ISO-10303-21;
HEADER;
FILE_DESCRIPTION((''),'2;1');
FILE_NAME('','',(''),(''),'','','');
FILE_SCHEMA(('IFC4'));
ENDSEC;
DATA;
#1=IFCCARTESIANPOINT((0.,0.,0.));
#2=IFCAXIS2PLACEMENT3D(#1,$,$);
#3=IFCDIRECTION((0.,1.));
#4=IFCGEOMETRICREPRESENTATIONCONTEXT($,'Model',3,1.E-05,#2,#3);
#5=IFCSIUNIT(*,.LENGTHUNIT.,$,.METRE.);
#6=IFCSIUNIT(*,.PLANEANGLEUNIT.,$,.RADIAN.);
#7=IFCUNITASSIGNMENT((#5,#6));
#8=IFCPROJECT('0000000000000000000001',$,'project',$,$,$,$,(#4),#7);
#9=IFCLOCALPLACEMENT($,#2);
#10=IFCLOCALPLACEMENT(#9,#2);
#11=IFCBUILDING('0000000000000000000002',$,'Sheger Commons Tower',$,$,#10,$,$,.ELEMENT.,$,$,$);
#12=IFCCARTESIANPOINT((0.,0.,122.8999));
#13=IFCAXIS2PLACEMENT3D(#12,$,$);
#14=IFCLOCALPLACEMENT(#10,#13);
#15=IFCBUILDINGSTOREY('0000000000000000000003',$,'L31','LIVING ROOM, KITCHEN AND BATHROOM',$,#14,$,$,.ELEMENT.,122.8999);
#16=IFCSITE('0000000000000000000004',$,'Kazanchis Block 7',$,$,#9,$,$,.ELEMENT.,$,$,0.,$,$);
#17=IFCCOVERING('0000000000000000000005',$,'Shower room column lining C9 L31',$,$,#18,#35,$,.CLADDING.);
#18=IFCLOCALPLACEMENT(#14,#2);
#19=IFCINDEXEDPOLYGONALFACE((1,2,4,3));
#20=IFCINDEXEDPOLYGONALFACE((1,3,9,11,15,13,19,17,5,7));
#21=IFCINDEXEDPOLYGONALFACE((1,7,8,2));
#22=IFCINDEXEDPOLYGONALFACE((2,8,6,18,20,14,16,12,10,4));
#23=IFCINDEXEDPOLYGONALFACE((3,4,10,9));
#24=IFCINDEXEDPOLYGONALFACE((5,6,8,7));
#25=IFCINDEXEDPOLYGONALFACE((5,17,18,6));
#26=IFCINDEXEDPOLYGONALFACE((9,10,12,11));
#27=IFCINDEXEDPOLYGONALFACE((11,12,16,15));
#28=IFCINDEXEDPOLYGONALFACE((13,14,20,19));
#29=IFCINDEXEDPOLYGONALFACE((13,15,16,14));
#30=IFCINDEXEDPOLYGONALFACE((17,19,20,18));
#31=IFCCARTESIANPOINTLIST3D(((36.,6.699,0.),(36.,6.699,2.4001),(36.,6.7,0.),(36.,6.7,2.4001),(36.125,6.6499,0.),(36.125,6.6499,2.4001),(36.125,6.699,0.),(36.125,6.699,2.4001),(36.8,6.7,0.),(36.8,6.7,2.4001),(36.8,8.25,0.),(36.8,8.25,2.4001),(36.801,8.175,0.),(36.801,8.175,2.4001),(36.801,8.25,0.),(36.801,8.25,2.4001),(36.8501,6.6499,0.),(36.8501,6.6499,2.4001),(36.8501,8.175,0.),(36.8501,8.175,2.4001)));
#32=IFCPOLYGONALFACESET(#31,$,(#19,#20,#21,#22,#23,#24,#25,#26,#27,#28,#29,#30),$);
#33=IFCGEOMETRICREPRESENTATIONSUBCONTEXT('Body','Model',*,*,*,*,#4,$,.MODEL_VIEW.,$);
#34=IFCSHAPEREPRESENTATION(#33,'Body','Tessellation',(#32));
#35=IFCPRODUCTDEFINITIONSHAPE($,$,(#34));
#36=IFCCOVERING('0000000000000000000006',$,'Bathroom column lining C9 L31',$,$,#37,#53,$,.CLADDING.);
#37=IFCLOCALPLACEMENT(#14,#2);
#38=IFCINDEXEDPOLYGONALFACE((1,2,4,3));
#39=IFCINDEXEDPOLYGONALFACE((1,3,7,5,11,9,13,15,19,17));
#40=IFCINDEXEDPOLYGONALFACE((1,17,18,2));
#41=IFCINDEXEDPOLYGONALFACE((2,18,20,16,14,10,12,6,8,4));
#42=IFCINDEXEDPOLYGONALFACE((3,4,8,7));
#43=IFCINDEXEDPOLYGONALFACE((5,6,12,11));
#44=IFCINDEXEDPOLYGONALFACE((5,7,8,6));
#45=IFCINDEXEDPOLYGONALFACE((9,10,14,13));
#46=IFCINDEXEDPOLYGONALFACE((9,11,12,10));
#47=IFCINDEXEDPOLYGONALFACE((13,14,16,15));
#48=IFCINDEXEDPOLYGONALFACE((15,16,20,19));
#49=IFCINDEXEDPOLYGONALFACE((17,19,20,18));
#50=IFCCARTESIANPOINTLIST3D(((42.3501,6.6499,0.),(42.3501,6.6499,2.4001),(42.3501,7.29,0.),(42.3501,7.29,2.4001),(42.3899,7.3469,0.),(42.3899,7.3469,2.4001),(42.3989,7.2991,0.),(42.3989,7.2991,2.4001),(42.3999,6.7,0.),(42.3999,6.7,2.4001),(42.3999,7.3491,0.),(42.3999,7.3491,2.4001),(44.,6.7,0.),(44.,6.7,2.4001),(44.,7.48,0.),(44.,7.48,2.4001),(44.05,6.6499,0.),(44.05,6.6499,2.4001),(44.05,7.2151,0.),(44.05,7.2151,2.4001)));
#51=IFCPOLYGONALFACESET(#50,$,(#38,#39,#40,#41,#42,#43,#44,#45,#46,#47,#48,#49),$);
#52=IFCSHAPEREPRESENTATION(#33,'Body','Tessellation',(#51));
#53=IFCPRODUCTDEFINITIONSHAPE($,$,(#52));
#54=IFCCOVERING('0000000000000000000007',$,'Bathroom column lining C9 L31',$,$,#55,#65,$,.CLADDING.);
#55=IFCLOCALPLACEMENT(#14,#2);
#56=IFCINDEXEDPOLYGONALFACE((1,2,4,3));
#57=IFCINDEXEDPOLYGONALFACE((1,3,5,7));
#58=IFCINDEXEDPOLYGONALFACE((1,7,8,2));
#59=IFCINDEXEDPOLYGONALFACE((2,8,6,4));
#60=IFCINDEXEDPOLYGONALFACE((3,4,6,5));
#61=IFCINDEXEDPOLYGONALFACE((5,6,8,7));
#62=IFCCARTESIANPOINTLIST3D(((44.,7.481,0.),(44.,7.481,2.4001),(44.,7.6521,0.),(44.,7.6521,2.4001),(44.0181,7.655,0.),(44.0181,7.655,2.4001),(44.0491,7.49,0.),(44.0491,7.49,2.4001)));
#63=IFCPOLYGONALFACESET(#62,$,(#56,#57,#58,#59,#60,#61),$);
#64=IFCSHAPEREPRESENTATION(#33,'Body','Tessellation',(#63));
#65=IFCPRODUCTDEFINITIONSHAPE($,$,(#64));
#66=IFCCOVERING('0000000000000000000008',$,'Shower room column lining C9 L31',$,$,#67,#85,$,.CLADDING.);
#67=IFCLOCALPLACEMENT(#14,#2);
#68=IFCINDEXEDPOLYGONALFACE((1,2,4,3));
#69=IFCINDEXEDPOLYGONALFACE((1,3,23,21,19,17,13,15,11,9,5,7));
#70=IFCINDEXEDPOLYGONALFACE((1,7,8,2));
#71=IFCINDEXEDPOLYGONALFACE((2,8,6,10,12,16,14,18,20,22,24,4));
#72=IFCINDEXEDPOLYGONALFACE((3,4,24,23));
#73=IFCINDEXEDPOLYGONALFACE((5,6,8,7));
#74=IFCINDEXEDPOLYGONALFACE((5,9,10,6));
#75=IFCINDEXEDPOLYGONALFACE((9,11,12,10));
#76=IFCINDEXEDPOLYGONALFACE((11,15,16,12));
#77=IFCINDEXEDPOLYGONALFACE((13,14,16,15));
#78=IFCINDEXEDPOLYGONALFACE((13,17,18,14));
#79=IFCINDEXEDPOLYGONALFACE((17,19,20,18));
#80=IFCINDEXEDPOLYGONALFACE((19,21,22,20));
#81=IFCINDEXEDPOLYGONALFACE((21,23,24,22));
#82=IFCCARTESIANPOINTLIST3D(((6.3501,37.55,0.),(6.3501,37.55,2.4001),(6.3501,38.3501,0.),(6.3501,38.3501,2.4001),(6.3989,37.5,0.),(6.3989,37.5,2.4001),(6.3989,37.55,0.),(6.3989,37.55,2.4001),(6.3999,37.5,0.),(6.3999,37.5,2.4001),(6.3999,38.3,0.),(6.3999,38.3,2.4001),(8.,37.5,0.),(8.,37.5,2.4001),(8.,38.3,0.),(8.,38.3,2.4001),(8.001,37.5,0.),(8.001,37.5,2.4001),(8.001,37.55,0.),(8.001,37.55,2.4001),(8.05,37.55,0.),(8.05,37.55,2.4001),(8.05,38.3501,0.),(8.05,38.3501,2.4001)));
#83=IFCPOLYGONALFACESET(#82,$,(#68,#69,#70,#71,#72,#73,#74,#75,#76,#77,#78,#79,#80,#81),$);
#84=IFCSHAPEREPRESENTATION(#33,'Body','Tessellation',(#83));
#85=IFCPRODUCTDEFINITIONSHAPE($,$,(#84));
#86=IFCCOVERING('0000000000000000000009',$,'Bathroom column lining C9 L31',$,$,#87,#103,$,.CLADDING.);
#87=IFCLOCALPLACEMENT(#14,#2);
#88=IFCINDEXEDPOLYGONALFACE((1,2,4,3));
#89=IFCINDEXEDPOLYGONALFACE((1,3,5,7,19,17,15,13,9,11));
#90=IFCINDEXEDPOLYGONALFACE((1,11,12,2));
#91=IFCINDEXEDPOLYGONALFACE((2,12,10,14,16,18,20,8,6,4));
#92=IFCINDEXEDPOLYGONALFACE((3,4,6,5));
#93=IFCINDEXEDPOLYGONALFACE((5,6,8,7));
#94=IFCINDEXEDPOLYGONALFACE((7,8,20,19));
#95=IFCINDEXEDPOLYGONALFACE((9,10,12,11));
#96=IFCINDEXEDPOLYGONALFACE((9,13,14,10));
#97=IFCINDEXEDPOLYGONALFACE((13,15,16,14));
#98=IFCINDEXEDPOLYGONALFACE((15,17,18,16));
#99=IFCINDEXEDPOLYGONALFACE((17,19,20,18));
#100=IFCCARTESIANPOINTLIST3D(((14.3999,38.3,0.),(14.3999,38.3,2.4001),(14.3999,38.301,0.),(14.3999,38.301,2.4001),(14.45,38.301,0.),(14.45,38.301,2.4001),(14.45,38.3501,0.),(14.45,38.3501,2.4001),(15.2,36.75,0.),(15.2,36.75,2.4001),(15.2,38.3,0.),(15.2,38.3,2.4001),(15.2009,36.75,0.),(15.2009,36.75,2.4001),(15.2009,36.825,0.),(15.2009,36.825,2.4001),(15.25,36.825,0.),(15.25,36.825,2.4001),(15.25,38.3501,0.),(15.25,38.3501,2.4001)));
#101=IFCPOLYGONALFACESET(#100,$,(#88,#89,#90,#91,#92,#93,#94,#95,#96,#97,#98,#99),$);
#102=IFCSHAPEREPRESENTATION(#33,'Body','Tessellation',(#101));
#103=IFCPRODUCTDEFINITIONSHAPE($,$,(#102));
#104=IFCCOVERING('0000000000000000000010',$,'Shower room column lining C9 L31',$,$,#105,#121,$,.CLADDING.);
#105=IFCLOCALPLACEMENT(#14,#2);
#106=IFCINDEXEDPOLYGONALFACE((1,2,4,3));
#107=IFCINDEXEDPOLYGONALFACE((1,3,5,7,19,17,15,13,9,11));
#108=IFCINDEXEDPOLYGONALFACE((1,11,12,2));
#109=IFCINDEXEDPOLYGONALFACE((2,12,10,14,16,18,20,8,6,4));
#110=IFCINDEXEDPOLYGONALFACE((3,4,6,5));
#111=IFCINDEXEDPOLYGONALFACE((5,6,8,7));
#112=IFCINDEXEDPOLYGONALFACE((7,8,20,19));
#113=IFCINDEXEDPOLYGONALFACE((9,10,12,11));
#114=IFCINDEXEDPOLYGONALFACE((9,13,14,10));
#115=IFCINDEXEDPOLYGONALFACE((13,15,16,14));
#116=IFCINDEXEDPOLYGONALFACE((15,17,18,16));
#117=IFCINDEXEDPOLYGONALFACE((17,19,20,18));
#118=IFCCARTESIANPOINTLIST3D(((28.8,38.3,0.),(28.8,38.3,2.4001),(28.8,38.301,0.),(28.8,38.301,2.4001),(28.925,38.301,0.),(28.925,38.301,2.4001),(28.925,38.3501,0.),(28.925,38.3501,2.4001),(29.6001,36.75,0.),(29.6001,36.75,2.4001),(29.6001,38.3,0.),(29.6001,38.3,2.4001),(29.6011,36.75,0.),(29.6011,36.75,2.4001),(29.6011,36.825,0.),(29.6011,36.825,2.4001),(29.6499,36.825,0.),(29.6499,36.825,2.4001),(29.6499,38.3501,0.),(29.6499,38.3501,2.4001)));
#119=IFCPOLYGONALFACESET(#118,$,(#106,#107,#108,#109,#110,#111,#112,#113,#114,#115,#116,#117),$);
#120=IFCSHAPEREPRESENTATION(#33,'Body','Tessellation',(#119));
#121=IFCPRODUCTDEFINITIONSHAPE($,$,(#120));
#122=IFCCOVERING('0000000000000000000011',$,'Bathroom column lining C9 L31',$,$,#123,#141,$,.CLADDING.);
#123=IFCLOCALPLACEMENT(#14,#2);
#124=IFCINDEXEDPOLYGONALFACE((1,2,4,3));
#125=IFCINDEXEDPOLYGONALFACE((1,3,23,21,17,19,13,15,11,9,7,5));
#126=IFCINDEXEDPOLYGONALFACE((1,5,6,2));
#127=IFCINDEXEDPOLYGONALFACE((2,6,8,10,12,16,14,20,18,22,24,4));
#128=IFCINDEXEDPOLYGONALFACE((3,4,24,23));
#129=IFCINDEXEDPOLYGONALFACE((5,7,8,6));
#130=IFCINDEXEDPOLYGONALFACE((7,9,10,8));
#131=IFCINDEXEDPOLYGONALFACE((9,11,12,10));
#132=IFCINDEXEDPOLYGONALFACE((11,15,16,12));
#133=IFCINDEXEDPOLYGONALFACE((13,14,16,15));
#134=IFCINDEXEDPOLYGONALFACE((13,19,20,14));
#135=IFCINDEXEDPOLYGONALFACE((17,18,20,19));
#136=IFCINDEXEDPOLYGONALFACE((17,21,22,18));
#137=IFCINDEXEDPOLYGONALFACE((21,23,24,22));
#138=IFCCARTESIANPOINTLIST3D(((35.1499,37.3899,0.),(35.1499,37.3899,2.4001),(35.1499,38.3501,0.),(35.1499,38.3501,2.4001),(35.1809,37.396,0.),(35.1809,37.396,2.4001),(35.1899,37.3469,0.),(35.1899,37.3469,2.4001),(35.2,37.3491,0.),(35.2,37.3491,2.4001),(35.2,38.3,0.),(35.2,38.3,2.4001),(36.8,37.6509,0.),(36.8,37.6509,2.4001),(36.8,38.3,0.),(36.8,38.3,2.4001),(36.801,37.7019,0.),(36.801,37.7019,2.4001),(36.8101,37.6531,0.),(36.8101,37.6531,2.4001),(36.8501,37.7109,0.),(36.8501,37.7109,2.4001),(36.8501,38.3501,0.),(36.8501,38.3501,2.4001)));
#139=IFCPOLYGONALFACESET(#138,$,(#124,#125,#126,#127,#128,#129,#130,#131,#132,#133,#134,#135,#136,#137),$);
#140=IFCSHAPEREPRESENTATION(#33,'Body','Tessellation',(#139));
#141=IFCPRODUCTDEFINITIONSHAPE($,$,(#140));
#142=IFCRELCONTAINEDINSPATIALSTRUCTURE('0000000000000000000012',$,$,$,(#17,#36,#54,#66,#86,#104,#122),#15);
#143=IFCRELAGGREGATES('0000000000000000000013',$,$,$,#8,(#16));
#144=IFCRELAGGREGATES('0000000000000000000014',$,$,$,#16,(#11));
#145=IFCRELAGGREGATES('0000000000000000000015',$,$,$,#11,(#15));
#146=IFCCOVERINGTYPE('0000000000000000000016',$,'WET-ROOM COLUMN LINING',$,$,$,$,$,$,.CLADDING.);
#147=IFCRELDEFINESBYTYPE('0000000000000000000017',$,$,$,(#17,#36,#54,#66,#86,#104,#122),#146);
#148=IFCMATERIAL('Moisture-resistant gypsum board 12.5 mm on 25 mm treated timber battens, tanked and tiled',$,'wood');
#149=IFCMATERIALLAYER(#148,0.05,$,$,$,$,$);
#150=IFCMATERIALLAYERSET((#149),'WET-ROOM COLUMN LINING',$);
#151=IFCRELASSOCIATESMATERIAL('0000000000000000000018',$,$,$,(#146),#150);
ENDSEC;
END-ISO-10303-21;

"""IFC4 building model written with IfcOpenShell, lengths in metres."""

from ifc_helpers import new_model, si_unit, direction, frame, origin, place, context, subcontext, project, spatial, polyline, outline, extrude, material, layer, layer_set, type_object, element, save


model = new_model("IFC4")

# Units and contexts
model_context = context("Model", 3, precision=1e-05, world=origin(), true_north=direction((0.0, 1.0)))
body_context = subcontext(model_context, "Body", "Model", "MODEL_VIEW")
ifc_project = project(units=[si_unit("LENGTHUNIT", "METRE"), si_unit("PLANEANGLEUNIT", "RADIAN")], contexts=[model_context])

# Site, building, storey
site_placement = place(None, origin())
site = spatial("IfcSite", under=ifc_project, at=site_placement, Name="Kazanchis Block 7", CompositionType="ELEMENT", RefElevation=0.0)
building_placement = place(site_placement, origin())
building = spatial("IfcBuilding", under=site, at=building_placement, Name="Sheger Commons Tower", CompositionType="ELEMENT")
storey_placement = place(building_placement, frame((0.0, 0.0, 122.8999)))
storey = spatial("IfcBuildingStorey", under=building, at=storey_placement, Name="L31", Description="LIVING ROOM, KITCHEN AND BATHROOM", CompositionType="ELEMENT", Elevation=122.8999)

# Coverings
ifc_material_1 = material(Name="Moisture-resistant gypsum board 12.5 mm on 25 mm treated timber battens, tanked and tiled", Category="wood")
ifc_layer_1 = layer(ifc_material_1, 0.05)
ifc_layer_set_1 = layer_set([ifc_layer_1], Name="WET-ROOM COLUMN LINING")
covering_type_1 = type_object("IfcCoveringType", Name="WET-ROOM COLUMN LINING", PredefinedType="CLADDING", material=ifc_layer_set_1)
covering_1_placement = place(storey_placement, origin())
element("IfcCovering", 1, at=covering_1_placement, inside=storey, type_object=covering_type_1, Name="Shower room column lining C9 L31", PredefinedType="CLADDING", context=body_context, shape_type="SweptSolid", body=[
    extrude(outline(polyline([(36.125, 6.6499), (36.125, 6.699), (36.0, 6.699), (36.0, 6.7), (36.8, 6.7), (36.8, 8.25), (36.801, 8.25), (36.801, 8.175), (36.8501, 8.175), (36.8501, 6.6499), (36.125, 6.6499)])), origin(), (0.0, 0.0, 1.0), 2.4001),
])
covering_2_placement = place(storey_placement, origin())
element("IfcCovering", 2, at=covering_2_placement, inside=storey, type_object=covering_type_1, Name="Bathroom column lining C9 L31", PredefinedType="CLADDING", context=body_context, shape_type="SweptSolid", body=[
    extrude(outline(polyline([(42.3999, 7.3491), (42.3999, 6.7), (44.0, 6.7), (44.0, 7.48), (44.05, 7.2151), (44.05, 6.6499), (42.3501, 6.6499), (42.3501, 7.29), (42.3989, 7.2991), (42.3899, 7.3469), (42.3999, 7.3491)])), origin(), (0.0, 0.0, 1.0), 2.4001),
])
covering_3_placement = place(storey_placement, origin())
element("IfcCovering", 3, at=covering_3_placement, inside=storey, type_object=covering_type_1, Name="Bathroom column lining C9 L31", PredefinedType="CLADDING", context=body_context, shape_type="SweptSolid", body=[
    extrude(outline(polyline([(44.0, 7.6521), (44.0181, 7.655), (44.0491, 7.49), (44.0, 7.481), (44.0, 7.6521)])), origin(), (0.0, 0.0, 1.0), 2.4001),
])
covering_4_placement = place(storey_placement, origin())
element("IfcCovering", 4, at=covering_4_placement, inside=storey, type_object=covering_type_1, Name="Shower room column lining C9 L31", PredefinedType="CLADDING", context=body_context, shape_type="SweptSolid", body=[
    extrude(outline(polyline([(8.05, 38.3501), (8.05, 37.55), (8.001, 37.55), (8.001, 37.5), (8.0, 37.5), (8.0, 38.3), (6.3999, 38.3), (6.3999, 37.5), (6.3989, 37.5), (6.3989, 37.55), (6.3501, 37.55), (6.3501, 38.3501), (8.05, 38.3501)])), origin(), (0.0, 0.0, 1.0), 2.4001),
])
covering_5_placement = place(storey_placement, origin())
element("IfcCovering", 5, at=covering_5_placement, inside=storey, type_object=covering_type_1, Name="Bathroom column lining C9 L31", PredefinedType="CLADDING", context=body_context, shape_type="SweptSolid", body=[
    extrude(outline(polyline([(15.25, 36.825), (15.2009, 36.825), (15.2009, 36.75), (15.2, 36.75), (15.2, 38.3), (14.3999, 38.3), (14.3999, 38.301), (14.45, 38.301), (14.45, 38.3501), (15.25, 38.3501), (15.25, 36.825)])), origin(), (0.0, 0.0, 1.0), 2.4001),
])
covering_6_placement = place(storey_placement, origin())
element("IfcCovering", 6, at=covering_6_placement, inside=storey, type_object=covering_type_1, Name="Shower room column lining C9 L31", PredefinedType="CLADDING", context=body_context, shape_type="SweptSolid", body=[
    extrude(outline(polyline([(29.6499, 36.825), (29.6011, 36.825), (29.6011, 36.75), (29.6001, 36.75), (29.6001, 38.3), (28.8, 38.3), (28.8, 38.301), (28.925, 38.301), (28.925, 38.3501), (29.6499, 38.3501), (29.6499, 36.825)])), origin(), (0.0, 0.0, 1.0), 2.4001),
])
covering_7_placement = place(storey_placement, origin())
element("IfcCovering", 7, at=covering_7_placement, inside=storey, type_object=covering_type_1, Name="Bathroom column lining C9 L31", PredefinedType="CLADDING", context=body_context, shape_type="SweptSolid", body=[
    extrude(outline(polyline([(36.8501, 38.3501), (36.8501, 37.7109), (36.801, 37.7019), (36.8101, 37.6531), (36.8, 37.6509), (36.8, 38.3), (35.2, 38.3), (35.2, 37.3491), (35.1899, 37.3469), (35.1809, 37.396), (35.1499, 37.3899), (35.1499, 38.3501), (36.8501, 38.3501)])), origin(), (0.0, 0.0, 1.0), 2.4001),
])

save(model, "model.ifc")
